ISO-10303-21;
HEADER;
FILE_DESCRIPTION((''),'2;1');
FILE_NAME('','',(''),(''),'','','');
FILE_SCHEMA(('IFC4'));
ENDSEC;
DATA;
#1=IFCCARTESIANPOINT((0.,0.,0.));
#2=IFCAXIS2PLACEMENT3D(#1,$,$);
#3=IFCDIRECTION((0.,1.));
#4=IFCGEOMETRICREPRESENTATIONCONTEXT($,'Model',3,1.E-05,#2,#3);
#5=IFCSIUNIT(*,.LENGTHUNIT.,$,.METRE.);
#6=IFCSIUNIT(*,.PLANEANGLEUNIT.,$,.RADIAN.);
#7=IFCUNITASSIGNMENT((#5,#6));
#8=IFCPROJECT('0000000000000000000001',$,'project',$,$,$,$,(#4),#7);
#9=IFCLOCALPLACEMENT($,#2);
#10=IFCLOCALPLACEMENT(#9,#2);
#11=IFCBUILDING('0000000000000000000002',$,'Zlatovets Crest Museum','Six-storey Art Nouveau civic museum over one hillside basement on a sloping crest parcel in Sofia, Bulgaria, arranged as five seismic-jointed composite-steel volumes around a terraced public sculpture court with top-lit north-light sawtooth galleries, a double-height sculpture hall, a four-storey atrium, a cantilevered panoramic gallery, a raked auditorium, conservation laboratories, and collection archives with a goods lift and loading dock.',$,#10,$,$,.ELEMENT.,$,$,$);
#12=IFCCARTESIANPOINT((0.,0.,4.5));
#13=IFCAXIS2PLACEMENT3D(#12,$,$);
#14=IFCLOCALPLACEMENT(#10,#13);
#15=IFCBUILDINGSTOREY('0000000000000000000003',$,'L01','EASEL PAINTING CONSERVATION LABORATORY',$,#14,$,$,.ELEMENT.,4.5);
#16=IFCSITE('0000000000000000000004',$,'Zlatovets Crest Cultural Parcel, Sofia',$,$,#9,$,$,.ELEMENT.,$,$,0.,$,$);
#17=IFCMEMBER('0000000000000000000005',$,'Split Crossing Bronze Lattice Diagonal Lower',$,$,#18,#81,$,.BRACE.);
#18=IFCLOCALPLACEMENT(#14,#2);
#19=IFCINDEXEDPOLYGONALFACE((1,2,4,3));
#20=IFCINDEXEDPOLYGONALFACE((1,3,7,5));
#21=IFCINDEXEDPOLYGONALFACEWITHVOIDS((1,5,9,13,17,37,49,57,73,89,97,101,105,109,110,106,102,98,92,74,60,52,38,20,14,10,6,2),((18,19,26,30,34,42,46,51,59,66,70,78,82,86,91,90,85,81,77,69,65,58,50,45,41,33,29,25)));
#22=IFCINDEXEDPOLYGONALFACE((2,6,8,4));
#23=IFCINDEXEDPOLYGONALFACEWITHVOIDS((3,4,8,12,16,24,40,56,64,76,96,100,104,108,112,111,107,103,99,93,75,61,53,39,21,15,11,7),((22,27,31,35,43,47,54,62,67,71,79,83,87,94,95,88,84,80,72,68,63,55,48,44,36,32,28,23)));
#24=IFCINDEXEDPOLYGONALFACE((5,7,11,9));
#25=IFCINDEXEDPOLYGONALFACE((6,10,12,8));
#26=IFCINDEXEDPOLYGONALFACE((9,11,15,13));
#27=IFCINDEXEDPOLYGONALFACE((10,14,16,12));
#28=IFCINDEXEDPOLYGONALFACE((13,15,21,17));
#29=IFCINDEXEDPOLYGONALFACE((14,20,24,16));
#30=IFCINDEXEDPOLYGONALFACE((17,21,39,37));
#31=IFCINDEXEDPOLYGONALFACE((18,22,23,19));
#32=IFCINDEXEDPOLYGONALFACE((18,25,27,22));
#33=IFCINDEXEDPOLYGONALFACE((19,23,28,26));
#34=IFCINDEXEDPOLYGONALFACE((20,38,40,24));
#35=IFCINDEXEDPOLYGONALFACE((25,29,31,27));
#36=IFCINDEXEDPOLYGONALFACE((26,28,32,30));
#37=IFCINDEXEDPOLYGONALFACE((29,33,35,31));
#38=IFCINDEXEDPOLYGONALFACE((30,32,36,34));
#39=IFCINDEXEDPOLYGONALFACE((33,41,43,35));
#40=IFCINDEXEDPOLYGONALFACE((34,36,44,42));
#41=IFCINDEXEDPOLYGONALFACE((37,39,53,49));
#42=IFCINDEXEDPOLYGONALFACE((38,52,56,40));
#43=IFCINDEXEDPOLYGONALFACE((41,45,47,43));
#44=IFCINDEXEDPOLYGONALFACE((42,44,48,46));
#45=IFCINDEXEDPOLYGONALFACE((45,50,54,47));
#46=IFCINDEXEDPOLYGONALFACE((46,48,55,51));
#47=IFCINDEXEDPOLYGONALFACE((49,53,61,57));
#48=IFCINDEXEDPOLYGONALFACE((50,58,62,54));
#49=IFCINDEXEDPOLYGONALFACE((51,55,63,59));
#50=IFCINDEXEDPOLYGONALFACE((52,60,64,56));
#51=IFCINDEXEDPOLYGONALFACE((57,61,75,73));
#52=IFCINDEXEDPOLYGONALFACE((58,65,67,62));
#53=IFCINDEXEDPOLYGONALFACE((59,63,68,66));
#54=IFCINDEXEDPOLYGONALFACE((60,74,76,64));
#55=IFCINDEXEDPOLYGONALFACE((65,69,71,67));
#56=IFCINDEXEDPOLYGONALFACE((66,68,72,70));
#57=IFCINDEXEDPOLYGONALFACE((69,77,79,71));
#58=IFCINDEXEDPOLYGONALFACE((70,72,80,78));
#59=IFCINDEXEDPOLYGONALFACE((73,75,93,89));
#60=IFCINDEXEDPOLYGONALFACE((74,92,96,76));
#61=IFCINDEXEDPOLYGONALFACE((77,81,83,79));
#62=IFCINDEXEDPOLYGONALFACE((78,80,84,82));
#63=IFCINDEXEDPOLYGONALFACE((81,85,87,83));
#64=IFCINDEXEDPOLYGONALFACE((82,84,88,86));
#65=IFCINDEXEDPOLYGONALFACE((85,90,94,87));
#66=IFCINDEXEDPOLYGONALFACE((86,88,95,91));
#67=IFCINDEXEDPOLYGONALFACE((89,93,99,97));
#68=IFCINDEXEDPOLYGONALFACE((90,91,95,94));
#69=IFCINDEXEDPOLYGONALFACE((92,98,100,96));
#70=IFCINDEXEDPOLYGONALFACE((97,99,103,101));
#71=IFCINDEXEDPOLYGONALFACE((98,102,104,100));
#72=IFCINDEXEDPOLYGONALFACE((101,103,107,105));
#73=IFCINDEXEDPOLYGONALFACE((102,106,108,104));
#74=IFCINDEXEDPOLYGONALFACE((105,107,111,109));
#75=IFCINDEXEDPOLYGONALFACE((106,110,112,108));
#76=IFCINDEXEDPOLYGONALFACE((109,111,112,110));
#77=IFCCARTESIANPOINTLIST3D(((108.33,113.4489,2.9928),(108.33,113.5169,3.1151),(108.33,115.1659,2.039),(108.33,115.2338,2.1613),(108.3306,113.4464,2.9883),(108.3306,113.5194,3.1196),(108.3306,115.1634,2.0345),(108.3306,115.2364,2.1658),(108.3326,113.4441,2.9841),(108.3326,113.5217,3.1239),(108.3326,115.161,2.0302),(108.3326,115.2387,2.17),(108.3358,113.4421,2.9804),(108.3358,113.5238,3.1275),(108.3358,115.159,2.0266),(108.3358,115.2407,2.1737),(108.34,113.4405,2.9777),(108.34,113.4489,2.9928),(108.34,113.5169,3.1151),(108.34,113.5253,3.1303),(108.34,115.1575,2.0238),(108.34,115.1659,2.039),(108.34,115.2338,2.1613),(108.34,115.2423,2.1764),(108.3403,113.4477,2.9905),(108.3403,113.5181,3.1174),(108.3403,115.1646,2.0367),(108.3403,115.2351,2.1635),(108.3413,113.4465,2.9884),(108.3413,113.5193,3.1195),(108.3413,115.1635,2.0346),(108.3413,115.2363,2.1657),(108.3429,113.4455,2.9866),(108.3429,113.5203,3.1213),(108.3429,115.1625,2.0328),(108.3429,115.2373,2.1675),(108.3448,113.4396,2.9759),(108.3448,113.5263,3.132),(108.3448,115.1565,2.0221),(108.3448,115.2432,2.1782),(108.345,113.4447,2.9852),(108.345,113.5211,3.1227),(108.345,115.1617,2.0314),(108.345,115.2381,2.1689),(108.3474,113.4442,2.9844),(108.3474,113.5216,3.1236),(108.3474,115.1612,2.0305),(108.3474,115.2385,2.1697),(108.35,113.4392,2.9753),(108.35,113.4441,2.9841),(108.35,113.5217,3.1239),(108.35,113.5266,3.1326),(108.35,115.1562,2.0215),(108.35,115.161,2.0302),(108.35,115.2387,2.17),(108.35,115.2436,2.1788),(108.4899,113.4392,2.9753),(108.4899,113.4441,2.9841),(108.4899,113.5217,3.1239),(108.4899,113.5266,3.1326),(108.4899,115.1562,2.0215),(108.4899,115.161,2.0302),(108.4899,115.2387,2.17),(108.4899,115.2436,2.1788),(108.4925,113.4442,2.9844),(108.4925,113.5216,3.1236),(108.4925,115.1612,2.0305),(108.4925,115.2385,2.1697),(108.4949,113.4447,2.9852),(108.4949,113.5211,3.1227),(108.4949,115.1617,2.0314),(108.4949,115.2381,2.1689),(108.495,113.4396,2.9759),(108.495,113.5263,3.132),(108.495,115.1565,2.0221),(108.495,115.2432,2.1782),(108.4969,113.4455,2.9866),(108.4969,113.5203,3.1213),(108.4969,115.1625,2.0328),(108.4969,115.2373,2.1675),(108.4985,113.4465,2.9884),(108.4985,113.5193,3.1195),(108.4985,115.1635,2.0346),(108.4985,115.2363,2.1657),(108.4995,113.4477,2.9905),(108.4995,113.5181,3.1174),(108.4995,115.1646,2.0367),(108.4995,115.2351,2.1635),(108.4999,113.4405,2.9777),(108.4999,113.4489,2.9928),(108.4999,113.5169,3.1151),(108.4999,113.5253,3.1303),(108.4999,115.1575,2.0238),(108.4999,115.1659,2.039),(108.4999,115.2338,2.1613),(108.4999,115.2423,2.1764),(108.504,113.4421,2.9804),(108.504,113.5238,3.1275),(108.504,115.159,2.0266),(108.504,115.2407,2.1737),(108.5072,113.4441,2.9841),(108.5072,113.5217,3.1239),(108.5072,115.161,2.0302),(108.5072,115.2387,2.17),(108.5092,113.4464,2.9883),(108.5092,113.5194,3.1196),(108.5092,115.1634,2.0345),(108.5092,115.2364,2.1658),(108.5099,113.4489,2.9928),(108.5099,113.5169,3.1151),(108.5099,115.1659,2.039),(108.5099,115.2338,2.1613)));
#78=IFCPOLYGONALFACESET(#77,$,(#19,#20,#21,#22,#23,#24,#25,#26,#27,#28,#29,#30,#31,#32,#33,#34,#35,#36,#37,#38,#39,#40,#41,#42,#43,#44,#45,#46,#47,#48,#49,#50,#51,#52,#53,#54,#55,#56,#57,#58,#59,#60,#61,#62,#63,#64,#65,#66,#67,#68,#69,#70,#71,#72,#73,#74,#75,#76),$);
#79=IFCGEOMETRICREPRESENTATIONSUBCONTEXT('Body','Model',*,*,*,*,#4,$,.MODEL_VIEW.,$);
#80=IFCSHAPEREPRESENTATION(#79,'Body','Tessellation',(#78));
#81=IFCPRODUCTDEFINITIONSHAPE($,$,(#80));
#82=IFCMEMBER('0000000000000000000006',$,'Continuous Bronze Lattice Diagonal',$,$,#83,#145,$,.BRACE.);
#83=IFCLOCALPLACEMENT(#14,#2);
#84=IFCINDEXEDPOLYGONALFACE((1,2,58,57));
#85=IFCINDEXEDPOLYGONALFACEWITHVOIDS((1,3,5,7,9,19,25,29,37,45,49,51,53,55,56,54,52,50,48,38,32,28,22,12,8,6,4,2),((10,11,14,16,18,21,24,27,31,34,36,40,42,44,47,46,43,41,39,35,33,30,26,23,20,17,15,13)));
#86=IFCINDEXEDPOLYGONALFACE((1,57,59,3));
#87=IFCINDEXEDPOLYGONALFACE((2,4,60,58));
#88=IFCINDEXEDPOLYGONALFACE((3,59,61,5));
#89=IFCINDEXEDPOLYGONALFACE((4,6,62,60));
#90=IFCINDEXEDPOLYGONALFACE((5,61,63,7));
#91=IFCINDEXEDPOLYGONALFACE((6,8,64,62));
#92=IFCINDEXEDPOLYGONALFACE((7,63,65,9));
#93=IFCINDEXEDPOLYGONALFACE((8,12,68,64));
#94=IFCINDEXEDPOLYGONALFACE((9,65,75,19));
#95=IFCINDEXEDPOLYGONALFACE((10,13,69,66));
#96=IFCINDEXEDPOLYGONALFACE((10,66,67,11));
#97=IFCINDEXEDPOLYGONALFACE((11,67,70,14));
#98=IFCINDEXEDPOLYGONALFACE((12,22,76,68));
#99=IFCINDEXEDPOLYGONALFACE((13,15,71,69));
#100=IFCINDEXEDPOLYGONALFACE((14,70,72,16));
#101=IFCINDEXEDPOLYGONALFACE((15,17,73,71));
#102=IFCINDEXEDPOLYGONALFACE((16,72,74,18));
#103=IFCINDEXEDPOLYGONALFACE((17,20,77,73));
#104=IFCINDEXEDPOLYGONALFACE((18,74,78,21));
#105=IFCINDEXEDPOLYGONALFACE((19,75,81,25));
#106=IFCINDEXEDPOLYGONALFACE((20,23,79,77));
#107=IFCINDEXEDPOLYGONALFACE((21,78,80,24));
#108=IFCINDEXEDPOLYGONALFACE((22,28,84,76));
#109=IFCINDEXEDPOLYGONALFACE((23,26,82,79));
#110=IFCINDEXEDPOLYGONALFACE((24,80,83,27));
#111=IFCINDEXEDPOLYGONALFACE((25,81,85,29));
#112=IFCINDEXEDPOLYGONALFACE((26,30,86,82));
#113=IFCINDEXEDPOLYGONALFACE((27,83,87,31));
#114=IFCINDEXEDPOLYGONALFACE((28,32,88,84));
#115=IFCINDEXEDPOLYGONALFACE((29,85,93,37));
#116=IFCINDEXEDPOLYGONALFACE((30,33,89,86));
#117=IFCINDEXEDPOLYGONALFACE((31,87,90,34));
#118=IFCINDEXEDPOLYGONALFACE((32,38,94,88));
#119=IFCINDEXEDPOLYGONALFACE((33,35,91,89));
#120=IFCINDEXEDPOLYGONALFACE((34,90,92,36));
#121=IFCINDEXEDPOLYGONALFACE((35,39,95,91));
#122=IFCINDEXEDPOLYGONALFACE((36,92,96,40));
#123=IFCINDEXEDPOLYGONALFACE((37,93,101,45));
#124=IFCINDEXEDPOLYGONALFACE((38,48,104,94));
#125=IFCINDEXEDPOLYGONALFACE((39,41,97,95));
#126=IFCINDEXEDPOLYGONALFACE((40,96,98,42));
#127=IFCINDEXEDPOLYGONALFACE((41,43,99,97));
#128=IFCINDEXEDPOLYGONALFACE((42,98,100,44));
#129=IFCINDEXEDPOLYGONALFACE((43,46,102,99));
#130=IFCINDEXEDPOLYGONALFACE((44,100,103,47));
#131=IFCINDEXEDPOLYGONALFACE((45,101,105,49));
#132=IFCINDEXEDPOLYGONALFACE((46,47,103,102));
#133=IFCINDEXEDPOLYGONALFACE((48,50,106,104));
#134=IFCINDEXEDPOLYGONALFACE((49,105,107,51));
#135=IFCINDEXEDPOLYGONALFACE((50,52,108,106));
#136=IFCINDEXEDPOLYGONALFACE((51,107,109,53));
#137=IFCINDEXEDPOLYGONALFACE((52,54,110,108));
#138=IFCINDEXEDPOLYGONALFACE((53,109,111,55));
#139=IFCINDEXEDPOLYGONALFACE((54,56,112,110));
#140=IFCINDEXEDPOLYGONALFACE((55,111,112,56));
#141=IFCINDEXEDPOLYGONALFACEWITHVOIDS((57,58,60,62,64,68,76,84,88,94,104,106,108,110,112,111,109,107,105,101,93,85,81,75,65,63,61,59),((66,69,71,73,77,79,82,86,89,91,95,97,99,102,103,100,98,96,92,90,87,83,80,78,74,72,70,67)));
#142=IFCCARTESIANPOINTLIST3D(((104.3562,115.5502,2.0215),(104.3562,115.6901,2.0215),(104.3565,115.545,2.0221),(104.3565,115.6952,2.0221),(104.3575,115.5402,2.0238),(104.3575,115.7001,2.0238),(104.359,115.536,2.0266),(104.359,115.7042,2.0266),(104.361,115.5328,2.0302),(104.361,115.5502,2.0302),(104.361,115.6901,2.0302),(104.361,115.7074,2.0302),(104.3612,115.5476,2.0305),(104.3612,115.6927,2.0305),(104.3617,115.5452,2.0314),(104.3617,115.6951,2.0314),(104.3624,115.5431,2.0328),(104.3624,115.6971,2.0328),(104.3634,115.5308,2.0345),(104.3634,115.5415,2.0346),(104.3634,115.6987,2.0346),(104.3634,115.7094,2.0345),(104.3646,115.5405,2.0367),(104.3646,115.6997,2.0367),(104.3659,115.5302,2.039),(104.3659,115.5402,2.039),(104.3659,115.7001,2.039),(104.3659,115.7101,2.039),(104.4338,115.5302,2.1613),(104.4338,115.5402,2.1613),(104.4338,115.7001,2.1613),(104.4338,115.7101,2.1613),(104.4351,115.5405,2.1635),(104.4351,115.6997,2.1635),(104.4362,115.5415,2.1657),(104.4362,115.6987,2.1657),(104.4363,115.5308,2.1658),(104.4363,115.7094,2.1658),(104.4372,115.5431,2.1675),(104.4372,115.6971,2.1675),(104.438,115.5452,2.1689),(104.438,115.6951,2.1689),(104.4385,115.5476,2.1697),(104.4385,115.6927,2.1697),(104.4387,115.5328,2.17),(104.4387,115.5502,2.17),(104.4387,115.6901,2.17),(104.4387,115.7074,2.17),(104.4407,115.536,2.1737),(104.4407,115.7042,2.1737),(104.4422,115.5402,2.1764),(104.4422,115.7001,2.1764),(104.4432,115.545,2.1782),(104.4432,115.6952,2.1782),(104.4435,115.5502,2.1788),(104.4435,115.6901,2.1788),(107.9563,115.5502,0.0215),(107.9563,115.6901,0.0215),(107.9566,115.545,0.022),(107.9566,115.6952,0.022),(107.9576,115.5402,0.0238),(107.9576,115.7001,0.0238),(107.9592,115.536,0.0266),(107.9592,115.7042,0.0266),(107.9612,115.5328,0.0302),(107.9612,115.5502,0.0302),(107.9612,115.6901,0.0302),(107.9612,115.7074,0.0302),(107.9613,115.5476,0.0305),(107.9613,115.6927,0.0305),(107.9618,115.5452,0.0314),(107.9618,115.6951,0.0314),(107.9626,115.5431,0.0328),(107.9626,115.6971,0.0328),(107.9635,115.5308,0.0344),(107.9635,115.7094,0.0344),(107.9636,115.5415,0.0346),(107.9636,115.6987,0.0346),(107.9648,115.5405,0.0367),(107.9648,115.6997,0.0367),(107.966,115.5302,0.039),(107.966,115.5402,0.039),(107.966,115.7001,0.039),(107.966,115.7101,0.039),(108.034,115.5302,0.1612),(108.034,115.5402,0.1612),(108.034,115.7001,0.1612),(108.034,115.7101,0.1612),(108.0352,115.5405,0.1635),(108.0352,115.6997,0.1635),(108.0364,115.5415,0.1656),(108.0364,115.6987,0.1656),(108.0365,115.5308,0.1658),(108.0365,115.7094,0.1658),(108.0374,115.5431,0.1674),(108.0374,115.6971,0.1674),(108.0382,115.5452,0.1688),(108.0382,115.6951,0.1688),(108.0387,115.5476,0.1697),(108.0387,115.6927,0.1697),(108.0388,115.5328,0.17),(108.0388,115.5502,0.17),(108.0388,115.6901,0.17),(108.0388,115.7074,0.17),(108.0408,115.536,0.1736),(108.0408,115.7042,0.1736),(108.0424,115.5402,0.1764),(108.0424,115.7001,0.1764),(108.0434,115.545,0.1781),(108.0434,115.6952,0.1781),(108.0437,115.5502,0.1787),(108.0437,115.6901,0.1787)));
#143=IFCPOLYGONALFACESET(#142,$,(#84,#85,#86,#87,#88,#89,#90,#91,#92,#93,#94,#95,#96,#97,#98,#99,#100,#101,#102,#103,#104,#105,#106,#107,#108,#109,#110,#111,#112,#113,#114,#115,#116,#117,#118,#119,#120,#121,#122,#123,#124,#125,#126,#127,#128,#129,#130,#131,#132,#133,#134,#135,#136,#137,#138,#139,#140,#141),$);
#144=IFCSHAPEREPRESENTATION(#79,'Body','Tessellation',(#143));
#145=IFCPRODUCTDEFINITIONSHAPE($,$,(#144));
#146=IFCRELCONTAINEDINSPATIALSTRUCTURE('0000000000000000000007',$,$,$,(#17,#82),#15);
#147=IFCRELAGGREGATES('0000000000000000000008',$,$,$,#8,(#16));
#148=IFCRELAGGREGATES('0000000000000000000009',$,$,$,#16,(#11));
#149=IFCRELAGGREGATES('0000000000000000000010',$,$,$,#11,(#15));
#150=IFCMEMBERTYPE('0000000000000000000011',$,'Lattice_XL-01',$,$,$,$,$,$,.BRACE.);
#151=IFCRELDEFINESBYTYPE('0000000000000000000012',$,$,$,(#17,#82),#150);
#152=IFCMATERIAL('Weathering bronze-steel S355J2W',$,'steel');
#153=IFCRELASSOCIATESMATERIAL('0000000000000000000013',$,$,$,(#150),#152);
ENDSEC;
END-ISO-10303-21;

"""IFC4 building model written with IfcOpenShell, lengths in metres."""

from ifc_helpers import new_model, si_unit, direction, frame, origin, origin_2d, place, context, subcontext, project, spatial, hollow_rectangle, extrude, material, material_profile, profile_set, type_object, element, save


model = new_model("IFC4")

# Units and contexts
model_context = context("Model", 3, precision=1e-05, world=origin(), true_north=direction((0.0, 1.0)))
body_context = subcontext(model_context, "Body", "Model", "MODEL_VIEW")
ifc_project = project(units=[si_unit("LENGTHUNIT", "METRE"), si_unit("PLANEANGLEUNIT", "RADIAN")], contexts=[model_context])

# Site, building, storey
site_placement = place(None, origin())
site = spatial("IfcSite", under=ifc_project, at=site_placement, Name="Zlatovets Crest Cultural Parcel, Sofia", CompositionType="ELEMENT", RefElevation=0.0)
building_placement = place(site_placement, origin())
building = spatial("IfcBuilding", under=site, at=building_placement, Name="Zlatovets Crest Museum", Description="Six-storey Art Nouveau civic museum over one hillside basement on a sloping crest parcel in Sofia, Bulgaria, arranged as five seismic-jointed composite-steel volumes around a terraced public sculpture court with top-lit north-light sawtooth galleries, a double-height sculpture hall, a four-storey atrium, a cantilevered panoramic gallery, a raked auditorium, conservation laboratories, and collection archives with a goods lift and loading dock.", CompositionType="ELEMENT")
storey_placement = place(building_placement, frame((0.0, 0.0, 4.5)))
storey = spatial("IfcBuildingStorey", under=building, at=storey_placement, Name="L01", Description="EASEL PAINTING CONSERVATION LABORATORY", CompositionType="ELEMENT", Elevation=4.5)

# Members
ifc_material_1 = material(Name="Weathering bronze-steel S355J2W", Category="steel")
ifc_material_profile_1 = material_profile(ifc_material_1, hollow_rectangle(XDim=0.1799, YDim=0.1799, WallThickness=0.01, InnerFilletRadius=0.01, OuterFilletRadius=0.02, at=origin_2d()), Name="SHS 180x180x10.0")
ifc_profile_set_1 = profile_set([ifc_material_profile_1], Name="Weathering bronze-steel S355J2W")
member_type_1 = type_object("IfcMemberType", Name="Lattice_XL-01", PredefinedType="BRACE", material=ifc_profile_set_1)
for number, where, z_axis, x_axis, name in (
    (1, (108.4199, 113.4829, 3.054), (0.0, 0.874169, -0.485622), (-1.0, 0.0, 0.0), "Split Crossing Bronze Lattice Diagonal Lower"),
):
    element("IfcMember", number, at=place(storey_placement, frame(where, z_axis=z_axis, x_axis=x_axis)), inside=storey, type_object=member_type_1, Name=name, PredefinedType="BRACE", context=body_context, shape_type="SweptSolid", body=[
        extrude(hollow_rectangle(XDim=0.1799, YDim=0.1799, WallThickness=0.01, InnerFilletRadius=0.01, OuterFilletRadius=0.02, at=origin_2d()), origin(), (0.0, 0.0, 1.0), 1.9641),
    ])
member_1_placement = place(storey_placement, frame((108.0, 115.6201, 0.1001), z_axis=(-0.874163, 0.0, 0.485633), x_axis=(0.0, -1.0, 0.0)))
element("IfcMember", 2, at=member_1_placement, inside=storey, type_object=member_type_1, Name="Continuous Bronze Lattice Diagonal", PredefinedType="BRACE", context=body_context, shape_type="SweptSolid", body=[
    extrude(hollow_rectangle(XDim=0.1799, YDim=0.1799, WallThickness=0.01, InnerFilletRadius=0.01, OuterFilletRadius=0.02, at=origin_2d()), origin(), (0.0, 0.0, 1.0), 4.1184),
])

save(model, "model.ifc")
